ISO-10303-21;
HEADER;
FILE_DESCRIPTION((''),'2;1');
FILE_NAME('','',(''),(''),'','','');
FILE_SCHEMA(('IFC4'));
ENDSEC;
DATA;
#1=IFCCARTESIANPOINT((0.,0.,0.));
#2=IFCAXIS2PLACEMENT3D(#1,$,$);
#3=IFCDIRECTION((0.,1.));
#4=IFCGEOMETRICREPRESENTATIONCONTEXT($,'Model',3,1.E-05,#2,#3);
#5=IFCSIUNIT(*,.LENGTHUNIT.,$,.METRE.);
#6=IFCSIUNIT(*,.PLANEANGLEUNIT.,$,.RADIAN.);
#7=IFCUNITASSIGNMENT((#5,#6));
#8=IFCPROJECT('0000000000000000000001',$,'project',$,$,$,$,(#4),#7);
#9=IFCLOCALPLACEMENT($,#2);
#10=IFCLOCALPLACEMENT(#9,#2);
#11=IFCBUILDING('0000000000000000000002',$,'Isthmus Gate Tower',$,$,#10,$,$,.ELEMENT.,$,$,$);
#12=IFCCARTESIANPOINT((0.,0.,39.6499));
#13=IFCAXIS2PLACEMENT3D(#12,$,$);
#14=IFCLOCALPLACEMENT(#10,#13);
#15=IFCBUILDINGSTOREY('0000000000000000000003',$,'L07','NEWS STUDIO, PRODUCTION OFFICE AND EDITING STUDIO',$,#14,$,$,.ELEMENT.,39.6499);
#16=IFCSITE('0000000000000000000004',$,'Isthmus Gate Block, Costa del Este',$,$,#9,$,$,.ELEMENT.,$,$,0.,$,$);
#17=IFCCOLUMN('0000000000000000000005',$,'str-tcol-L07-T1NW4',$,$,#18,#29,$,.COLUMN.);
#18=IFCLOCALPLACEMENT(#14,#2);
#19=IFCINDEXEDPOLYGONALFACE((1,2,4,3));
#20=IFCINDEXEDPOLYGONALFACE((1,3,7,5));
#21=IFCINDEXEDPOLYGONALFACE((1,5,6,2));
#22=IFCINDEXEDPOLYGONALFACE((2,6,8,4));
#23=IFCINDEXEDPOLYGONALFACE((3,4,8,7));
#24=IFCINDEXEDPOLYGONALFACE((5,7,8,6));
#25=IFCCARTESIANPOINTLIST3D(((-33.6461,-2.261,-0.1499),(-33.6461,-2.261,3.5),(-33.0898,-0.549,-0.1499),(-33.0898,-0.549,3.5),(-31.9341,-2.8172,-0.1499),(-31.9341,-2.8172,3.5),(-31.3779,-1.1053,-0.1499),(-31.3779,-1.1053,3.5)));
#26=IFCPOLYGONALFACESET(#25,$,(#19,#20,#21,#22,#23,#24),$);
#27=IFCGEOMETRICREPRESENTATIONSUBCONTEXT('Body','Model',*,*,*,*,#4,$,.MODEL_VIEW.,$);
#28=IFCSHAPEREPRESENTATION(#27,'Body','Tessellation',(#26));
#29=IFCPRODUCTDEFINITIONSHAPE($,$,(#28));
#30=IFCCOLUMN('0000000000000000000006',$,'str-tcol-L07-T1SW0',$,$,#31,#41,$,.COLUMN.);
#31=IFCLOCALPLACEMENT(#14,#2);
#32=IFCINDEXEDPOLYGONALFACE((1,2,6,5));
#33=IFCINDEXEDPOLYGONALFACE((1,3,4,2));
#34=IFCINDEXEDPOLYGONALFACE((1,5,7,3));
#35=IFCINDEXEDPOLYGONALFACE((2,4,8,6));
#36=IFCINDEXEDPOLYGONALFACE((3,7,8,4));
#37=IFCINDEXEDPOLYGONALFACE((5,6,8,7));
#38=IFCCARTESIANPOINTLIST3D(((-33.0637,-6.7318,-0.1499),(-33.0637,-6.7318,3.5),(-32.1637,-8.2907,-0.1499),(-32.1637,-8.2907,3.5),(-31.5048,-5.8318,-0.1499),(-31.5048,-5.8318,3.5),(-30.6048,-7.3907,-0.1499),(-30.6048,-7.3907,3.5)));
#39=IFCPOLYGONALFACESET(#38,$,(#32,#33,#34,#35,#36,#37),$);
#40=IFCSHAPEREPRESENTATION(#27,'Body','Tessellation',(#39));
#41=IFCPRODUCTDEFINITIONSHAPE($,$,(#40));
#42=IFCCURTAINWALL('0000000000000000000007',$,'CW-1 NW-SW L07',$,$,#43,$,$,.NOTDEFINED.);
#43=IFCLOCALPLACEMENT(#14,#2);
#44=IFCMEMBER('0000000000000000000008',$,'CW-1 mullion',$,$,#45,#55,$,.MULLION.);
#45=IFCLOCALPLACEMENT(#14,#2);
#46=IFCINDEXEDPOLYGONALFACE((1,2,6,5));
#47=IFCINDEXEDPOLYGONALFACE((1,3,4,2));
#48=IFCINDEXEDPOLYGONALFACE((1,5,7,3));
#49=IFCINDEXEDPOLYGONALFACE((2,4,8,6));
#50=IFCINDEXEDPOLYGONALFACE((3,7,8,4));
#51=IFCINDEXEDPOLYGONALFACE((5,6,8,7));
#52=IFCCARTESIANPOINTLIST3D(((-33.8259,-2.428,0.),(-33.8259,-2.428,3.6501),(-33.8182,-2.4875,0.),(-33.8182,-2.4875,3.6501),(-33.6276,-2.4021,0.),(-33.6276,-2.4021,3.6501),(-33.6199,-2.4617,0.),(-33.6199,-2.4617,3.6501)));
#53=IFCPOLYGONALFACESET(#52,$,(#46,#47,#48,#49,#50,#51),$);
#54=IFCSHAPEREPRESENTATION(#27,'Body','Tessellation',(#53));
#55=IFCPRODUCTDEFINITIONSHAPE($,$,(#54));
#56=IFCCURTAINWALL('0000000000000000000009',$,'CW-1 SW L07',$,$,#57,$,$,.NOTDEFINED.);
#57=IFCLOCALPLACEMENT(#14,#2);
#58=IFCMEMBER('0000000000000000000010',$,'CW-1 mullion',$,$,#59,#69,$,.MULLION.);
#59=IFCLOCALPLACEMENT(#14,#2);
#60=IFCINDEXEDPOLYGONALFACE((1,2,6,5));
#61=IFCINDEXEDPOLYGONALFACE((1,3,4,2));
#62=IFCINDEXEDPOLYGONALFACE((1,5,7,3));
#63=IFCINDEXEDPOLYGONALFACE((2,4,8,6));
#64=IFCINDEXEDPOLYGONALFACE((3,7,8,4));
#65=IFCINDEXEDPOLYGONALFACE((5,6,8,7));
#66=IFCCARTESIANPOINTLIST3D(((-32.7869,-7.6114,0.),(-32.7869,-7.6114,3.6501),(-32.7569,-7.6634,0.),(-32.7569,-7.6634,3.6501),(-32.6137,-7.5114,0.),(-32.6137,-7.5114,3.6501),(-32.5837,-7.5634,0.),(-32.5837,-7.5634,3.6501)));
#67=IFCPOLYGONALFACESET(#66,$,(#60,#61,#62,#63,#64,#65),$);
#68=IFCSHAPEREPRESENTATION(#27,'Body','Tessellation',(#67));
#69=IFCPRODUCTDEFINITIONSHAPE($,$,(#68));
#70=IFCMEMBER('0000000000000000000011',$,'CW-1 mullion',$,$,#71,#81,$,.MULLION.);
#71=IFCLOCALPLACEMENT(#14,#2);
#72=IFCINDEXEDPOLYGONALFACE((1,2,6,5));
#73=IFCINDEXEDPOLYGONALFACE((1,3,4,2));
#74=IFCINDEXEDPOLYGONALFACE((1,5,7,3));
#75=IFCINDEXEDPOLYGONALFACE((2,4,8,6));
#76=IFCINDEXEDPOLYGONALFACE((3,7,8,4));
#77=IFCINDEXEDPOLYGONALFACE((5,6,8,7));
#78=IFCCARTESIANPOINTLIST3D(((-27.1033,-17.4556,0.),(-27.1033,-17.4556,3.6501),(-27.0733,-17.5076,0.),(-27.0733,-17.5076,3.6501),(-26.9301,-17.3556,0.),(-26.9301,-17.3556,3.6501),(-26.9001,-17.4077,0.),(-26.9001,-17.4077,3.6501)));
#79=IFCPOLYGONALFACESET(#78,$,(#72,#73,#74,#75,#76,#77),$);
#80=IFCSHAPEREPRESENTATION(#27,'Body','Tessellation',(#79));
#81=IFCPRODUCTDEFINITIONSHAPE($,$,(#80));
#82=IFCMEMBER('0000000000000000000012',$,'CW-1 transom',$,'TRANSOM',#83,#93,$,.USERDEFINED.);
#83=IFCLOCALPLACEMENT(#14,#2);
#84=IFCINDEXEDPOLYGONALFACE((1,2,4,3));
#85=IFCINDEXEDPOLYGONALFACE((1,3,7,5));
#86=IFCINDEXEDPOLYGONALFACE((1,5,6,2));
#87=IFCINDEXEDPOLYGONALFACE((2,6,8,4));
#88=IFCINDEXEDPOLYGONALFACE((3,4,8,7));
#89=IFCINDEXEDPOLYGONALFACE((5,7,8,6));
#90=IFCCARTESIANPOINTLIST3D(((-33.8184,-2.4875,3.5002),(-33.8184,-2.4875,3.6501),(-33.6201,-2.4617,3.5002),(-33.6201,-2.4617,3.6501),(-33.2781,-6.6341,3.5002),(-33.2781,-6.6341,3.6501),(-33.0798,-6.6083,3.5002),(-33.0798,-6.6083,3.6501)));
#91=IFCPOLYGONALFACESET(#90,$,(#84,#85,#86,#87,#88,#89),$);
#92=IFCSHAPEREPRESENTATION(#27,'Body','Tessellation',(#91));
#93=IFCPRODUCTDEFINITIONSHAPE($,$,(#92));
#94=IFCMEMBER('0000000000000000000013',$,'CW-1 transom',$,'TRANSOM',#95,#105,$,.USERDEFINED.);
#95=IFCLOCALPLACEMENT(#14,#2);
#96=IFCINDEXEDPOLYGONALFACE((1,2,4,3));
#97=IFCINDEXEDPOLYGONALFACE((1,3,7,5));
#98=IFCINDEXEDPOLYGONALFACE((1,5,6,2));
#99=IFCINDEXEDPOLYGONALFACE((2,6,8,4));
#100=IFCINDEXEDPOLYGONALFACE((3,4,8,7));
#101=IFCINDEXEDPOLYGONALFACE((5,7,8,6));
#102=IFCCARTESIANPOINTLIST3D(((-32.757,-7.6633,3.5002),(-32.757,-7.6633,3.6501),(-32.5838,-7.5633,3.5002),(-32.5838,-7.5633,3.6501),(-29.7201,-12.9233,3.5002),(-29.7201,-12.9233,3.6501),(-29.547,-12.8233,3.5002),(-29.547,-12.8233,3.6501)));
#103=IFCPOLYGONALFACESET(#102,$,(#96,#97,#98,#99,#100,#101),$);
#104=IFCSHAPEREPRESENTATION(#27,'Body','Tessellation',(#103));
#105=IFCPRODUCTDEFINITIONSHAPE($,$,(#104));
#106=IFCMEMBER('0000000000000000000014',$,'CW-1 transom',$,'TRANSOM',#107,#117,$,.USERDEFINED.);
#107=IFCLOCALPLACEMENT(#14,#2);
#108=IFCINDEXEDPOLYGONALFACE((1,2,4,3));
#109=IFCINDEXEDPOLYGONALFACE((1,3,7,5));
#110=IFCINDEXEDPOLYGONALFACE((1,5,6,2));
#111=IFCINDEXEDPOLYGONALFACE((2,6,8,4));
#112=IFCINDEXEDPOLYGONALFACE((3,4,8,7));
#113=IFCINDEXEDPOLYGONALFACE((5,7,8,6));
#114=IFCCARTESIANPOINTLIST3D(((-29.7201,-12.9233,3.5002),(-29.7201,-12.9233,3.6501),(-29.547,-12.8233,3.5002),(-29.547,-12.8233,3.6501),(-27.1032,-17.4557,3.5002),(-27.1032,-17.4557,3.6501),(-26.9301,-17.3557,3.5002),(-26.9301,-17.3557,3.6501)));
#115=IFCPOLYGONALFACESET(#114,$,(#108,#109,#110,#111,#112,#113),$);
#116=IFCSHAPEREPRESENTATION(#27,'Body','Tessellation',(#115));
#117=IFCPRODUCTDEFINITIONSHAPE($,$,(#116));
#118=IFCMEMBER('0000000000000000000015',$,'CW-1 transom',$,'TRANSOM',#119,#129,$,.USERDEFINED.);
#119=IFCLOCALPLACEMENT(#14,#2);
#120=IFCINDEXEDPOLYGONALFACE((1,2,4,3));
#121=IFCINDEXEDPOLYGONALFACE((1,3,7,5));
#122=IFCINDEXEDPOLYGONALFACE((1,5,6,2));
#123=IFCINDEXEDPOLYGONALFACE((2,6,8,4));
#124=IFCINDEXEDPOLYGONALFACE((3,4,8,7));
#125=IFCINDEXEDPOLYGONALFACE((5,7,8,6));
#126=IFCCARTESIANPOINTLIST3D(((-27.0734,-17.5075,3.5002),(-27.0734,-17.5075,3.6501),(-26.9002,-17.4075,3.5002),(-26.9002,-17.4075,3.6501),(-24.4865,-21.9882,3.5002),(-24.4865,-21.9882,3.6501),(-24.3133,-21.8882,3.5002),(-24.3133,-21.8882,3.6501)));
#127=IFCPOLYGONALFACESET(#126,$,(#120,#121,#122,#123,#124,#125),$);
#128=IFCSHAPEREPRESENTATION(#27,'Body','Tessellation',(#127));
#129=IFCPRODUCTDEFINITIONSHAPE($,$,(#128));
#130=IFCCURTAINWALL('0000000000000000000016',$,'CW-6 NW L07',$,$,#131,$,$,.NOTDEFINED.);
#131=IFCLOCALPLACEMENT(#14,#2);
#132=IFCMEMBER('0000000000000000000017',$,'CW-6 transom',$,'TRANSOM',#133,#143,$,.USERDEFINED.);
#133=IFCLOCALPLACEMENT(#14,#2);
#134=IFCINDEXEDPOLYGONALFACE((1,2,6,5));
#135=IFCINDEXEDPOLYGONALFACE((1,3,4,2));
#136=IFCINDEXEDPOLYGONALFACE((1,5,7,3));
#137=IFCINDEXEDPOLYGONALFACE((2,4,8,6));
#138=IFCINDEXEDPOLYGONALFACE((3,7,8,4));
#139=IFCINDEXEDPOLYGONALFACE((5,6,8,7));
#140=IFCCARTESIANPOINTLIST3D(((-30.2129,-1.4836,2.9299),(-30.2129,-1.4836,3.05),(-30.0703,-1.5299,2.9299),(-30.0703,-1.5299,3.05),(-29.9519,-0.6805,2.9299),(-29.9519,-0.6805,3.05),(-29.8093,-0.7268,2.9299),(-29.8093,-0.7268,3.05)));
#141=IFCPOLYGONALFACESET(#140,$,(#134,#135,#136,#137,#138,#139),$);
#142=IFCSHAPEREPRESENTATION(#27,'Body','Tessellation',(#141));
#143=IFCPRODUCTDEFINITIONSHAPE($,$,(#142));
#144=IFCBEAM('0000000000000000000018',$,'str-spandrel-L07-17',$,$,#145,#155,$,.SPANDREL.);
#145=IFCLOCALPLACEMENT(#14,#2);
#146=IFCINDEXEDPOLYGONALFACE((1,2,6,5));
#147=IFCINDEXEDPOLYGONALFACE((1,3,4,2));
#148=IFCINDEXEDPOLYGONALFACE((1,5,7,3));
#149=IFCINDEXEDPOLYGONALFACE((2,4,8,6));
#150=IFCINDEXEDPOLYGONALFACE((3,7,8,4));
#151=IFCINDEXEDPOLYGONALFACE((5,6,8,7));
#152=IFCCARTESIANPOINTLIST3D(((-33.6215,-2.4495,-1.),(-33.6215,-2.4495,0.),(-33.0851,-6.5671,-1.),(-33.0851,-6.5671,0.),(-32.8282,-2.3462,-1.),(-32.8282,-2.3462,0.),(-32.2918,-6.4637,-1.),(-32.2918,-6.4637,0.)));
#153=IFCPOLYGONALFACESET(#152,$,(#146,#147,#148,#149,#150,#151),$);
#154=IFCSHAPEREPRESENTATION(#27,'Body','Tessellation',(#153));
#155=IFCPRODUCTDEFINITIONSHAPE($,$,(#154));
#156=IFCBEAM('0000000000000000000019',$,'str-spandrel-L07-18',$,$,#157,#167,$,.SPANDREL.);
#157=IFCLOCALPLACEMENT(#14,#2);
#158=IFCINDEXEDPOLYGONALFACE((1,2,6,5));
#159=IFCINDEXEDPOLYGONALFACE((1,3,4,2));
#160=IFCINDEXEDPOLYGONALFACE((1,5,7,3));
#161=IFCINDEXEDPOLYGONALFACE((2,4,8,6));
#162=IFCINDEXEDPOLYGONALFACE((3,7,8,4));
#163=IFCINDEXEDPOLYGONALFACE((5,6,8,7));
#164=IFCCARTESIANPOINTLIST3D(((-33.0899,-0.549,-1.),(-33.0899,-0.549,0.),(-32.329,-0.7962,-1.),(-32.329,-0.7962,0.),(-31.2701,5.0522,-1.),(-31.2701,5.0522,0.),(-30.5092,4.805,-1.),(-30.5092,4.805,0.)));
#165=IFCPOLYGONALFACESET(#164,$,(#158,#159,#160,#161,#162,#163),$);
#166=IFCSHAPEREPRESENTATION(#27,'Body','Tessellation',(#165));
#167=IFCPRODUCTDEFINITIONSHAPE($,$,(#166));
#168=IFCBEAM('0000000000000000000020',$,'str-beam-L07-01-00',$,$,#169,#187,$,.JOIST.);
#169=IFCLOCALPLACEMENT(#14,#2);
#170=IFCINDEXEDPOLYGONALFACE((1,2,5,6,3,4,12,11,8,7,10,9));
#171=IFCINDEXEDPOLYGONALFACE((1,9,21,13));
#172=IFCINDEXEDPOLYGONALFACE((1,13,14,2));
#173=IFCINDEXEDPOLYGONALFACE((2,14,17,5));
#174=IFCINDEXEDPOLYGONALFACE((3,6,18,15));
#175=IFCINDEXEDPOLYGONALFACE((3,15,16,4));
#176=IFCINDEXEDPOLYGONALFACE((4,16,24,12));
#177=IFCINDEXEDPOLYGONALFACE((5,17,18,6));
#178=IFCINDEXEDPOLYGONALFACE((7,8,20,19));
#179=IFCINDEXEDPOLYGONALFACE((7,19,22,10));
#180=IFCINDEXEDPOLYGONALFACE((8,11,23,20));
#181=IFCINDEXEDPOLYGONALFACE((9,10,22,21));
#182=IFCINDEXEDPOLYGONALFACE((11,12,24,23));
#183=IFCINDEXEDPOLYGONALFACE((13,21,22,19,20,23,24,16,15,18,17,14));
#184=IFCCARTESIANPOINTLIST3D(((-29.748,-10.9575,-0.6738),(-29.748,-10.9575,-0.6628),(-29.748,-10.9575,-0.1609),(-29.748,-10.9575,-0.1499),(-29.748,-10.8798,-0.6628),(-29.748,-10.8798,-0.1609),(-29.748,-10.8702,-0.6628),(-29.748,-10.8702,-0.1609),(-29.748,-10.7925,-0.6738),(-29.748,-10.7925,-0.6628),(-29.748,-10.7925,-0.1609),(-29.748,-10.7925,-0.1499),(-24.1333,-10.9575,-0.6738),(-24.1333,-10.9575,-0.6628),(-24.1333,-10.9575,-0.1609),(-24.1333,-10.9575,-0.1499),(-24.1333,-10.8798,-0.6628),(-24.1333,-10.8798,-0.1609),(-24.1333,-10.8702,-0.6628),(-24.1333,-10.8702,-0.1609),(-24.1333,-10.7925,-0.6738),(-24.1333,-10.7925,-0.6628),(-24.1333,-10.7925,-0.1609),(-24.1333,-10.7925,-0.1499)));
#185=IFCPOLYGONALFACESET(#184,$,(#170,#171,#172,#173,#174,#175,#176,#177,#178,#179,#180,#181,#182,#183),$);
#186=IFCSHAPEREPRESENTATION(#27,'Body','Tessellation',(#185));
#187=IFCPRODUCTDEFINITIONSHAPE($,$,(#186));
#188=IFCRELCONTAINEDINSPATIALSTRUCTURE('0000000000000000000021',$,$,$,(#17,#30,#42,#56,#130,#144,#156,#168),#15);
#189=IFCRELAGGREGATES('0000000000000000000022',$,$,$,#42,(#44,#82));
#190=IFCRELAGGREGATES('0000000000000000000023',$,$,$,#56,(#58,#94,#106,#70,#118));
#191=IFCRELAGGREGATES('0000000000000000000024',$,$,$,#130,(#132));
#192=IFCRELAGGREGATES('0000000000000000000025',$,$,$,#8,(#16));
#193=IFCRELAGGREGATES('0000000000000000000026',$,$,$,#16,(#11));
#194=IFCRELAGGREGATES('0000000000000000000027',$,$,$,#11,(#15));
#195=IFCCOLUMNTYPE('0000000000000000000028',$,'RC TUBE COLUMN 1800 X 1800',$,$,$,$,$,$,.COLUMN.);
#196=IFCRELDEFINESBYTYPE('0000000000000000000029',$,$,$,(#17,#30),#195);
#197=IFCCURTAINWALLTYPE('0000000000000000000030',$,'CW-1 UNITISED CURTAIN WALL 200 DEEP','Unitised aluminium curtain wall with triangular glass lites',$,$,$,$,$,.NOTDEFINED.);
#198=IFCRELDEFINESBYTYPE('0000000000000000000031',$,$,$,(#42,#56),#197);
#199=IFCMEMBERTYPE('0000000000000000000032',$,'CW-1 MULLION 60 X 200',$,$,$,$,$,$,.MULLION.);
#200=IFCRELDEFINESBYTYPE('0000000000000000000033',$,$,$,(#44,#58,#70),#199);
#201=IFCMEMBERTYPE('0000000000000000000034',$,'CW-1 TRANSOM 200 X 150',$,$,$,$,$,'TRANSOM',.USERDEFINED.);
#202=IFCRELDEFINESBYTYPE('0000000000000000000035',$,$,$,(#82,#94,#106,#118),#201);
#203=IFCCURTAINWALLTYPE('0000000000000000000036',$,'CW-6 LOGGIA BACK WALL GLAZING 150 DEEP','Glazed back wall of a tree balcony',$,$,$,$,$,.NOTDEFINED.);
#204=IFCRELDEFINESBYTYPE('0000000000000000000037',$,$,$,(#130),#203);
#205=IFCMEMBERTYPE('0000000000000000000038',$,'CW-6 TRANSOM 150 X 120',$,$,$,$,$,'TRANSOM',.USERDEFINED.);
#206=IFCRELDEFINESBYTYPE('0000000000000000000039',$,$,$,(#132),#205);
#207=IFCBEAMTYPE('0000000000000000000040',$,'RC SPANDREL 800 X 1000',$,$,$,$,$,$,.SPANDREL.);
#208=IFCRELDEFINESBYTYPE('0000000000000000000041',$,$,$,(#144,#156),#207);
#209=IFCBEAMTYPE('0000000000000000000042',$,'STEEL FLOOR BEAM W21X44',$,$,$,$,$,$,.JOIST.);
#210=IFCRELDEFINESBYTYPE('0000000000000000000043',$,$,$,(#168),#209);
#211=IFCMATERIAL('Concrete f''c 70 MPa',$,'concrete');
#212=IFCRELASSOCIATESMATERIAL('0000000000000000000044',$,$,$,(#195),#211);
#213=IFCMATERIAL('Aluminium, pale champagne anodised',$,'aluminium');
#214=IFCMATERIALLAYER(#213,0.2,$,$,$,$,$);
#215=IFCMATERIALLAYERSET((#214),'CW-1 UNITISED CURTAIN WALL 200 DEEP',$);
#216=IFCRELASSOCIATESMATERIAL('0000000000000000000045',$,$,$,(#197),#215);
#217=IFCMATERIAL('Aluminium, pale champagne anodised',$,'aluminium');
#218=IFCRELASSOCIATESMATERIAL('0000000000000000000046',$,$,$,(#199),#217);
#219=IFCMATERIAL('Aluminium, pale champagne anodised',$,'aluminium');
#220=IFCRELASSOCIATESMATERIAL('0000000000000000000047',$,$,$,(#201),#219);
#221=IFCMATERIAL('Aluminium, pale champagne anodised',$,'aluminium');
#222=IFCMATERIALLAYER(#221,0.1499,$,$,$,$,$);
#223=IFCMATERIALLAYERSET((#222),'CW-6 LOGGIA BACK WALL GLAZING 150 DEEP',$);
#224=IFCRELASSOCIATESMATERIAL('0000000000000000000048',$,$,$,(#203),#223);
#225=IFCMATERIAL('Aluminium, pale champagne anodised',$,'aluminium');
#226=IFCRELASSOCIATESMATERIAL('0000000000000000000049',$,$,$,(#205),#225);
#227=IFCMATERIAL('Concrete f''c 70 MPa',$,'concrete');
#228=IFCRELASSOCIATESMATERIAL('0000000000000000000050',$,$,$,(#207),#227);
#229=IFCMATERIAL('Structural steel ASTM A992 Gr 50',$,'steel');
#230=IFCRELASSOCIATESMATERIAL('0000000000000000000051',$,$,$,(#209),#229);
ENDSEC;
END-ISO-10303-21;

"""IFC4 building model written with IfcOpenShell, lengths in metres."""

from ifc_helpers import new_model, si_unit, direction, frame, origin, origin_2d, place, context, subcontext, project, spatial, rectangle, i_section, extrude, material, layer, layer_set, material_profile, profile_set, type_object, element, aggregate, save


model = new_model("IFC4")

# Units and contexts
model_context = context("Model", 3, precision=1e-05, world=origin(), true_north=direction((0.0, 1.0)))
body_context = subcontext(model_context, "Body", "Model", "MODEL_VIEW")
ifc_project = project(units=[si_unit("LENGTHUNIT", "METRE"), si_unit("PLANEANGLEUNIT", "RADIAN")], contexts=[model_context])

# Site, building, storey
site_placement = place(None, origin())
site = spatial("IfcSite", under=ifc_project, at=site_placement, Name="Isthmus Gate Block, Costa del Este", CompositionType="ELEMENT", RefElevation=0.0)
building_placement = place(site_placement, origin())
building = spatial("IfcBuilding", under=site, at=building_placement, Name="Isthmus Gate Tower", CompositionType="ELEMENT")
storey_placement = place(building_placement, frame((0.0, 0.0, 39.6499)))
storey = spatial("IfcBuildingStorey", under=building, at=storey_placement, Name="L07", Description="NEWS STUDIO, PRODUCTION OFFICE AND EDITING STUDIO", CompositionType="ELEMENT", Elevation=39.6499)

# Columns
ifc_material_1 = material(Name="Concrete f'c 70 MPa", Category="concrete")
ifc_material_profile_1 = material_profile(ifc_material_1, rectangle(XDim=1.8, YDim=1.8, at=origin_2d()), Name="RC 1800X1800")
ifc_profile_set_1 = profile_set([ifc_material_profile_1], Name="Concrete f'c 70 MPa")
column_type = type_object("IfcColumnType", Name="RC TUBE COLUMN 1800 X 1800", PredefinedType="COLUMN", material=ifc_profile_set_1)
for number, where, z_axis, x_axis, name in (
    (1, (-32.512, -1.6831, -0.1499), (0.0, 0.0, 1.0), (-0.309017, -0.951057, 0.0), "str-tcol-L07-T1NW4"),
    (2, (-31.8342, -7.0613, -0.1499), (0.0, 0.0, 1.0), (0.5, -0.866025, 0.0), "str-tcol-L07-T1SW0"),
):
    element("IfcColumn", number, at=place(storey_placement, frame(where, z_axis=z_axis, x_axis=x_axis)), inside=storey, type_object=column_type, Name=name, PredefinedType="COLUMN", context=body_context, shape_type="SweptSolid", body=[
        extrude(rectangle(XDim=1.8, YDim=1.8, at=origin_2d()), origin(), (0.0, 0.0, 1.0), 3.6499),
    ])

# Curtain wall, member
ifc_material_2 = material(Name="Aluminium, pale champagne anodised", Category="aluminium")
ifc_layer_1 = layer(ifc_material_2, 0.2)
ifc_layer_set_1 = layer_set([ifc_layer_1], Name="CW-1 UNITISED CURTAIN WALL 200 DEEP")
curtain_wall_type_1 = type_object("IfcCurtainWallType", Name="CW-1 UNITISED CURTAIN WALL 200 DEEP", Description="Unitised aluminium curtain wall with triangular glass lites", PredefinedType="NOTDEFINED", material=ifc_layer_set_1)
curtain_wall_1_placement = place(storey_placement, origin())
curtain_wall_1 = element("IfcCurtainWall", 3, at=curtain_wall_1_placement, inside=storey, type_object=curtain_wall_type_1, Name="CW-1 NW-SW L07", PredefinedType="NOTDEFINED")
ifc_material_3 = material(Name="Aluminium, pale champagne anodised", Category="aluminium")
ifc_material_profile_2 = material_profile(ifc_material_3, rectangle(XDim=0.0601, YDim=0.2, at=origin_2d()), Name="60x200")
ifc_profile_set_2 = profile_set([ifc_material_profile_2], Name="Aluminium, pale champagne anodised")
member_type_1 = type_object("IfcMemberType", Name="CW-1 MULLION 60 X 200", PredefinedType="MULLION", material=ifc_profile_set_2)
member_1_placement = place(storey_placement, frame((-33.7229, -2.4448, 0.0), z_axis=(0.0, 0.0, 1.0), x_axis=(0.129165, -0.991623, 0.0)))
member_1 = element("IfcMember", 4, at=member_1_placement, type_object=member_type_1, Name="CW-1 mullion", PredefinedType="MULLION", context=body_context, shape_type="SweptSolid", body=[
    extrude(rectangle(XDim=0.0601, YDim=0.2, at=origin_2d()), origin(), (0.0, 0.0, 1.0), 3.6501),
])

# Curtain wall, members
curtain_wall_2_placement = place(storey_placement, origin())
curtain_wall_2 = element("IfcCurtainWall", 5, at=curtain_wall_2_placement, inside=storey, type_object=curtain_wall_type_1, Name="CW-1 SW L07", PredefinedType="NOTDEFINED")
member_2_placement = place(storey_placement, frame((-32.6853, -7.5874, 0.0), z_axis=(0.0, 0.0, 1.0), x_axis=(0.5, -0.866025, 0.0)))
member_2 = element("IfcMember", 6, at=member_2_placement, type_object=member_type_1, Name="CW-1 mullion", PredefinedType="MULLION", context=body_context, shape_type="SweptSolid", body=[
    extrude(rectangle(XDim=0.0601, YDim=0.2, at=origin_2d()), origin(), (0.0, 0.0, 1.0), 3.6501),
])
member_3_placement = place(storey_placement, frame((-27.0017, -17.4316, 0.0), z_axis=(0.0, 0.0, 1.0), x_axis=(0.5, -0.866025, 0.0)))
member_3 = element("IfcMember", 7, at=member_3_placement, type_object=member_type_1, Name="CW-1 mullion", PredefinedType="MULLION", context=body_context, shape_type="SweptSolid", body=[
    extrude(rectangle(XDim=0.0601, YDim=0.2, at=origin_2d()), origin(), (0.0, 0.0, 1.0), 3.6501),
])

# Members
ifc_material_4 = material(Name="Aluminium, pale champagne anodised", Category="aluminium")
ifc_material_profile_3 = material_profile(ifc_material_4, rectangle(XDim=0.2, YDim=0.1499, at=origin_2d()), Name="200x150")
ifc_profile_set_3 = profile_set([ifc_material_profile_3], Name="Aluminium, pale champagne anodised")
member_type_2 = type_object("IfcMemberType", Name="CW-1 TRANSOM 200 X 150", ElementType="TRANSOM", PredefinedType="USERDEFINED", material=ifc_profile_set_3)
member_4_placement = place(storey_placement, frame((-33.7192, -2.4746, 3.5752), z_axis=(0.129207, -0.991618, 0.0), x_axis=(0.991618, 0.129207, 0.0)))
member_4 = element("IfcMember", 8, at=member_4_placement, type_object=member_type_2, Name="CW-1 transom", ObjectType="TRANSOM", PredefinedType="USERDEFINED", context=body_context, shape_type="SweptSolid", body=[
    extrude(rectangle(XDim=0.2, YDim=0.1499, at=origin_2d()), origin(), (0.0, 0.0, 1.0), 4.1816),
])
member_5_placement = place(storey_placement, frame((-32.6704, -7.6133, 3.5752), z_axis=(0.5, -0.866026, 0.0), x_axis=(0.866026, 0.5, 0.0)))
member_5 = element("IfcMember", 9, at=member_5_placement, type_object=member_type_2, Name="CW-1 transom", ObjectType="TRANSOM", PredefinedType="USERDEFINED", context=body_context, shape_type="SweptSolid", body=[
    extrude(rectangle(XDim=0.2, YDim=0.1499, at=origin_2d()), origin(), (0.0, 0.0, 1.0), 6.0737),
])
member_6_placement = place(storey_placement, frame((-29.6335, -12.8733, 3.5752), z_axis=(0.500017, -0.866015, 0.0), x_axis=(0.866015, 0.500017, 0.0)))
member_6 = element("IfcMember", 10, at=member_6_placement, type_object=member_type_2, Name="CW-1 transom", ObjectType="TRANSOM", PredefinedType="USERDEFINED", context=body_context, shape_type="SweptSolid", body=[
    extrude(rectangle(XDim=0.2, YDim=0.1499, at=origin_2d()), origin(), (0.0, 0.0, 1.0), 5.2336),
])
member_7_placement = place(storey_placement, frame((-26.9868, -17.4575, 3.5752), z_axis=(0.499996, -0.866028, 0.0), x_axis=(0.866028, 0.499996, 0.0)))
member_7 = element("IfcMember", 11, at=member_7_placement, type_object=member_type_2, Name="CW-1 transom", ObjectType="TRANSOM", PredefinedType="USERDEFINED", context=body_context, shape_type="SweptSolid", body=[
    extrude(rectangle(XDim=0.2, YDim=0.1499, at=origin_2d()), origin(), (0.0, 0.0, 1.0), 5.1738),
])

# Curtain wall, member
ifc_material_5 = material(Name="Aluminium, pale champagne anodised", Category="aluminium")
ifc_layer_2 = layer(ifc_material_5, 0.1499)
ifc_layer_set_2 = layer_set([ifc_layer_2], Name="CW-6 LOGGIA BACK WALL GLAZING 150 DEEP")
curtain_wall_type_2 = type_object("IfcCurtainWallType", Name="CW-6 LOGGIA BACK WALL GLAZING 150 DEEP", Description="Glazed back wall of a tree balcony", PredefinedType="NOTDEFINED", material=ifc_layer_set_2)
curtain_wall_3_placement = place(storey_placement, origin())
curtain_wall_3 = element("IfcCurtainWall", 12, at=curtain_wall_3_placement, inside=storey, type_object=curtain_wall_type_2, Name="CW-6 NW L07", PredefinedType="NOTDEFINED")
ifc_material_6 = material(Name="Aluminium, pale champagne anodised", Category="aluminium")
ifc_material_profile_4 = material_profile(ifc_material_6, rectangle(XDim=0.1499, YDim=0.1201, at=origin_2d()), Name="150x120")
ifc_profile_set_4 = profile_set([ifc_material_profile_4], Name="Aluminium, pale champagne anodised")
member_type_3 = type_object("IfcMemberType", Name="CW-6 TRANSOM 150 X 120", ElementType="TRANSOM", PredefinedType="USERDEFINED", material=ifc_profile_set_4)
member_8_placement = place(storey_placement, frame((-29.8806, -0.7036, 2.99), z_axis=(-0.309021, -0.951055, 0.0), x_axis=(0.951055, -0.309021, 0.0)))
member_8 = element("IfcMember", 13, at=member_8_placement, type_object=member_type_3, Name="CW-6 transom", ObjectType="TRANSOM", PredefinedType="USERDEFINED", context=body_context, shape_type="SweptSolid", body=[
    extrude(rectangle(XDim=0.1499, YDim=0.1201, at=origin_2d()), origin(), (0.0, 0.0, 1.0), 0.8445),
])

# Beams
ifc_material_7 = material(Name="Concrete f'c 70 MPa", Category="concrete")
ifc_material_profile_5 = material_profile(ifc_material_7, rectangle(XDim=0.8, YDim=1.0, at=origin_2d()), Name="RC 800X1000")
ifc_profile_set_5 = profile_set([ifc_material_profile_5], Name="Concrete f'c 70 MPa")
beam_type_1 = type_object("IfcBeamType", Name="RC SPANDREL 800 X 1000", PredefinedType="SPANDREL", material=ifc_profile_set_5)
beam_1_placement = place(storey_placement, frame((-32.6885, -6.5154, -0.5), z_axis=(-0.129171, 0.991622, 0.0), x_axis=(-0.991622, -0.129171, 0.0)))
element("IfcBeam", 14, at=beam_1_placement, inside=storey, type_object=beam_type_1, Name="str-spandrel-L07-17", PredefinedType="SPANDREL", context=body_context, shape_type="SweptSolid", body=[
    extrude(rectangle(XDim=0.8, YDim=1.0, at=origin_2d()), origin(), (0.0, 0.0, 1.0), 4.1523),
])
beam_2_placement = place(storey_placement, frame((-32.7095, -0.6726, -0.5), z_axis=(0.309005, 0.95106, 0.0), x_axis=(-0.95106, 0.309005, 0.0)))
element("IfcBeam", 15, at=beam_2_placement, inside=storey, type_object=beam_type_1, Name="str-spandrel-L07-18", PredefinedType="SPANDREL", context=body_context, shape_type="SweptSolid", body=[
    extrude(rectangle(XDim=0.8, YDim=1.0, at=origin_2d()), origin(), (0.0, 0.0, 1.0), 5.8894),
])
ifc_material_8 = material(Name="Structural steel ASTM A992 Gr 50", Category="steel")
ifc_material_profile_6 = material_profile(ifc_material_8, i_section(OverallWidth=0.165, OverallDepth=0.5239, WebThickness=0.0095, FlangeThickness=0.011, at=origin_2d()), Name="W21X44")
ifc_profile_set_6 = profile_set([ifc_material_profile_6], Name="Structural steel ASTM A992 Gr 50")
beam_type_2 = type_object("IfcBeamType", Name="STEEL FLOOR BEAM W21X44", PredefinedType="JOIST", material=ifc_profile_set_6)
beam_3_placement = place(storey_placement, frame((-29.748, -10.875, -0.4119), z_axis=(1.0, 0.0, 0.0), x_axis=(0.0, 1.0, 0.0)))
element("IfcBeam", 16, at=beam_3_placement, inside=storey, type_object=beam_type_2, Name="str-beam-L07-01-00", PredefinedType="JOIST", context=body_context, shape_type="SweptSolid", body=[
    extrude(i_section(OverallWidth=0.165, OverallDepth=0.5239, WebThickness=0.0095, FlangeThickness=0.011, at=origin_2d()), origin(), (0.0, 0.0, 1.0), 5.6147),
])

aggregate(curtain_wall_1, [member_1, member_4])
aggregate(curtain_wall_2, [member_2, member_5, member_6, member_3, member_7])
aggregate(curtain_wall_3, [member_8])

save(model, "model.ifc")
